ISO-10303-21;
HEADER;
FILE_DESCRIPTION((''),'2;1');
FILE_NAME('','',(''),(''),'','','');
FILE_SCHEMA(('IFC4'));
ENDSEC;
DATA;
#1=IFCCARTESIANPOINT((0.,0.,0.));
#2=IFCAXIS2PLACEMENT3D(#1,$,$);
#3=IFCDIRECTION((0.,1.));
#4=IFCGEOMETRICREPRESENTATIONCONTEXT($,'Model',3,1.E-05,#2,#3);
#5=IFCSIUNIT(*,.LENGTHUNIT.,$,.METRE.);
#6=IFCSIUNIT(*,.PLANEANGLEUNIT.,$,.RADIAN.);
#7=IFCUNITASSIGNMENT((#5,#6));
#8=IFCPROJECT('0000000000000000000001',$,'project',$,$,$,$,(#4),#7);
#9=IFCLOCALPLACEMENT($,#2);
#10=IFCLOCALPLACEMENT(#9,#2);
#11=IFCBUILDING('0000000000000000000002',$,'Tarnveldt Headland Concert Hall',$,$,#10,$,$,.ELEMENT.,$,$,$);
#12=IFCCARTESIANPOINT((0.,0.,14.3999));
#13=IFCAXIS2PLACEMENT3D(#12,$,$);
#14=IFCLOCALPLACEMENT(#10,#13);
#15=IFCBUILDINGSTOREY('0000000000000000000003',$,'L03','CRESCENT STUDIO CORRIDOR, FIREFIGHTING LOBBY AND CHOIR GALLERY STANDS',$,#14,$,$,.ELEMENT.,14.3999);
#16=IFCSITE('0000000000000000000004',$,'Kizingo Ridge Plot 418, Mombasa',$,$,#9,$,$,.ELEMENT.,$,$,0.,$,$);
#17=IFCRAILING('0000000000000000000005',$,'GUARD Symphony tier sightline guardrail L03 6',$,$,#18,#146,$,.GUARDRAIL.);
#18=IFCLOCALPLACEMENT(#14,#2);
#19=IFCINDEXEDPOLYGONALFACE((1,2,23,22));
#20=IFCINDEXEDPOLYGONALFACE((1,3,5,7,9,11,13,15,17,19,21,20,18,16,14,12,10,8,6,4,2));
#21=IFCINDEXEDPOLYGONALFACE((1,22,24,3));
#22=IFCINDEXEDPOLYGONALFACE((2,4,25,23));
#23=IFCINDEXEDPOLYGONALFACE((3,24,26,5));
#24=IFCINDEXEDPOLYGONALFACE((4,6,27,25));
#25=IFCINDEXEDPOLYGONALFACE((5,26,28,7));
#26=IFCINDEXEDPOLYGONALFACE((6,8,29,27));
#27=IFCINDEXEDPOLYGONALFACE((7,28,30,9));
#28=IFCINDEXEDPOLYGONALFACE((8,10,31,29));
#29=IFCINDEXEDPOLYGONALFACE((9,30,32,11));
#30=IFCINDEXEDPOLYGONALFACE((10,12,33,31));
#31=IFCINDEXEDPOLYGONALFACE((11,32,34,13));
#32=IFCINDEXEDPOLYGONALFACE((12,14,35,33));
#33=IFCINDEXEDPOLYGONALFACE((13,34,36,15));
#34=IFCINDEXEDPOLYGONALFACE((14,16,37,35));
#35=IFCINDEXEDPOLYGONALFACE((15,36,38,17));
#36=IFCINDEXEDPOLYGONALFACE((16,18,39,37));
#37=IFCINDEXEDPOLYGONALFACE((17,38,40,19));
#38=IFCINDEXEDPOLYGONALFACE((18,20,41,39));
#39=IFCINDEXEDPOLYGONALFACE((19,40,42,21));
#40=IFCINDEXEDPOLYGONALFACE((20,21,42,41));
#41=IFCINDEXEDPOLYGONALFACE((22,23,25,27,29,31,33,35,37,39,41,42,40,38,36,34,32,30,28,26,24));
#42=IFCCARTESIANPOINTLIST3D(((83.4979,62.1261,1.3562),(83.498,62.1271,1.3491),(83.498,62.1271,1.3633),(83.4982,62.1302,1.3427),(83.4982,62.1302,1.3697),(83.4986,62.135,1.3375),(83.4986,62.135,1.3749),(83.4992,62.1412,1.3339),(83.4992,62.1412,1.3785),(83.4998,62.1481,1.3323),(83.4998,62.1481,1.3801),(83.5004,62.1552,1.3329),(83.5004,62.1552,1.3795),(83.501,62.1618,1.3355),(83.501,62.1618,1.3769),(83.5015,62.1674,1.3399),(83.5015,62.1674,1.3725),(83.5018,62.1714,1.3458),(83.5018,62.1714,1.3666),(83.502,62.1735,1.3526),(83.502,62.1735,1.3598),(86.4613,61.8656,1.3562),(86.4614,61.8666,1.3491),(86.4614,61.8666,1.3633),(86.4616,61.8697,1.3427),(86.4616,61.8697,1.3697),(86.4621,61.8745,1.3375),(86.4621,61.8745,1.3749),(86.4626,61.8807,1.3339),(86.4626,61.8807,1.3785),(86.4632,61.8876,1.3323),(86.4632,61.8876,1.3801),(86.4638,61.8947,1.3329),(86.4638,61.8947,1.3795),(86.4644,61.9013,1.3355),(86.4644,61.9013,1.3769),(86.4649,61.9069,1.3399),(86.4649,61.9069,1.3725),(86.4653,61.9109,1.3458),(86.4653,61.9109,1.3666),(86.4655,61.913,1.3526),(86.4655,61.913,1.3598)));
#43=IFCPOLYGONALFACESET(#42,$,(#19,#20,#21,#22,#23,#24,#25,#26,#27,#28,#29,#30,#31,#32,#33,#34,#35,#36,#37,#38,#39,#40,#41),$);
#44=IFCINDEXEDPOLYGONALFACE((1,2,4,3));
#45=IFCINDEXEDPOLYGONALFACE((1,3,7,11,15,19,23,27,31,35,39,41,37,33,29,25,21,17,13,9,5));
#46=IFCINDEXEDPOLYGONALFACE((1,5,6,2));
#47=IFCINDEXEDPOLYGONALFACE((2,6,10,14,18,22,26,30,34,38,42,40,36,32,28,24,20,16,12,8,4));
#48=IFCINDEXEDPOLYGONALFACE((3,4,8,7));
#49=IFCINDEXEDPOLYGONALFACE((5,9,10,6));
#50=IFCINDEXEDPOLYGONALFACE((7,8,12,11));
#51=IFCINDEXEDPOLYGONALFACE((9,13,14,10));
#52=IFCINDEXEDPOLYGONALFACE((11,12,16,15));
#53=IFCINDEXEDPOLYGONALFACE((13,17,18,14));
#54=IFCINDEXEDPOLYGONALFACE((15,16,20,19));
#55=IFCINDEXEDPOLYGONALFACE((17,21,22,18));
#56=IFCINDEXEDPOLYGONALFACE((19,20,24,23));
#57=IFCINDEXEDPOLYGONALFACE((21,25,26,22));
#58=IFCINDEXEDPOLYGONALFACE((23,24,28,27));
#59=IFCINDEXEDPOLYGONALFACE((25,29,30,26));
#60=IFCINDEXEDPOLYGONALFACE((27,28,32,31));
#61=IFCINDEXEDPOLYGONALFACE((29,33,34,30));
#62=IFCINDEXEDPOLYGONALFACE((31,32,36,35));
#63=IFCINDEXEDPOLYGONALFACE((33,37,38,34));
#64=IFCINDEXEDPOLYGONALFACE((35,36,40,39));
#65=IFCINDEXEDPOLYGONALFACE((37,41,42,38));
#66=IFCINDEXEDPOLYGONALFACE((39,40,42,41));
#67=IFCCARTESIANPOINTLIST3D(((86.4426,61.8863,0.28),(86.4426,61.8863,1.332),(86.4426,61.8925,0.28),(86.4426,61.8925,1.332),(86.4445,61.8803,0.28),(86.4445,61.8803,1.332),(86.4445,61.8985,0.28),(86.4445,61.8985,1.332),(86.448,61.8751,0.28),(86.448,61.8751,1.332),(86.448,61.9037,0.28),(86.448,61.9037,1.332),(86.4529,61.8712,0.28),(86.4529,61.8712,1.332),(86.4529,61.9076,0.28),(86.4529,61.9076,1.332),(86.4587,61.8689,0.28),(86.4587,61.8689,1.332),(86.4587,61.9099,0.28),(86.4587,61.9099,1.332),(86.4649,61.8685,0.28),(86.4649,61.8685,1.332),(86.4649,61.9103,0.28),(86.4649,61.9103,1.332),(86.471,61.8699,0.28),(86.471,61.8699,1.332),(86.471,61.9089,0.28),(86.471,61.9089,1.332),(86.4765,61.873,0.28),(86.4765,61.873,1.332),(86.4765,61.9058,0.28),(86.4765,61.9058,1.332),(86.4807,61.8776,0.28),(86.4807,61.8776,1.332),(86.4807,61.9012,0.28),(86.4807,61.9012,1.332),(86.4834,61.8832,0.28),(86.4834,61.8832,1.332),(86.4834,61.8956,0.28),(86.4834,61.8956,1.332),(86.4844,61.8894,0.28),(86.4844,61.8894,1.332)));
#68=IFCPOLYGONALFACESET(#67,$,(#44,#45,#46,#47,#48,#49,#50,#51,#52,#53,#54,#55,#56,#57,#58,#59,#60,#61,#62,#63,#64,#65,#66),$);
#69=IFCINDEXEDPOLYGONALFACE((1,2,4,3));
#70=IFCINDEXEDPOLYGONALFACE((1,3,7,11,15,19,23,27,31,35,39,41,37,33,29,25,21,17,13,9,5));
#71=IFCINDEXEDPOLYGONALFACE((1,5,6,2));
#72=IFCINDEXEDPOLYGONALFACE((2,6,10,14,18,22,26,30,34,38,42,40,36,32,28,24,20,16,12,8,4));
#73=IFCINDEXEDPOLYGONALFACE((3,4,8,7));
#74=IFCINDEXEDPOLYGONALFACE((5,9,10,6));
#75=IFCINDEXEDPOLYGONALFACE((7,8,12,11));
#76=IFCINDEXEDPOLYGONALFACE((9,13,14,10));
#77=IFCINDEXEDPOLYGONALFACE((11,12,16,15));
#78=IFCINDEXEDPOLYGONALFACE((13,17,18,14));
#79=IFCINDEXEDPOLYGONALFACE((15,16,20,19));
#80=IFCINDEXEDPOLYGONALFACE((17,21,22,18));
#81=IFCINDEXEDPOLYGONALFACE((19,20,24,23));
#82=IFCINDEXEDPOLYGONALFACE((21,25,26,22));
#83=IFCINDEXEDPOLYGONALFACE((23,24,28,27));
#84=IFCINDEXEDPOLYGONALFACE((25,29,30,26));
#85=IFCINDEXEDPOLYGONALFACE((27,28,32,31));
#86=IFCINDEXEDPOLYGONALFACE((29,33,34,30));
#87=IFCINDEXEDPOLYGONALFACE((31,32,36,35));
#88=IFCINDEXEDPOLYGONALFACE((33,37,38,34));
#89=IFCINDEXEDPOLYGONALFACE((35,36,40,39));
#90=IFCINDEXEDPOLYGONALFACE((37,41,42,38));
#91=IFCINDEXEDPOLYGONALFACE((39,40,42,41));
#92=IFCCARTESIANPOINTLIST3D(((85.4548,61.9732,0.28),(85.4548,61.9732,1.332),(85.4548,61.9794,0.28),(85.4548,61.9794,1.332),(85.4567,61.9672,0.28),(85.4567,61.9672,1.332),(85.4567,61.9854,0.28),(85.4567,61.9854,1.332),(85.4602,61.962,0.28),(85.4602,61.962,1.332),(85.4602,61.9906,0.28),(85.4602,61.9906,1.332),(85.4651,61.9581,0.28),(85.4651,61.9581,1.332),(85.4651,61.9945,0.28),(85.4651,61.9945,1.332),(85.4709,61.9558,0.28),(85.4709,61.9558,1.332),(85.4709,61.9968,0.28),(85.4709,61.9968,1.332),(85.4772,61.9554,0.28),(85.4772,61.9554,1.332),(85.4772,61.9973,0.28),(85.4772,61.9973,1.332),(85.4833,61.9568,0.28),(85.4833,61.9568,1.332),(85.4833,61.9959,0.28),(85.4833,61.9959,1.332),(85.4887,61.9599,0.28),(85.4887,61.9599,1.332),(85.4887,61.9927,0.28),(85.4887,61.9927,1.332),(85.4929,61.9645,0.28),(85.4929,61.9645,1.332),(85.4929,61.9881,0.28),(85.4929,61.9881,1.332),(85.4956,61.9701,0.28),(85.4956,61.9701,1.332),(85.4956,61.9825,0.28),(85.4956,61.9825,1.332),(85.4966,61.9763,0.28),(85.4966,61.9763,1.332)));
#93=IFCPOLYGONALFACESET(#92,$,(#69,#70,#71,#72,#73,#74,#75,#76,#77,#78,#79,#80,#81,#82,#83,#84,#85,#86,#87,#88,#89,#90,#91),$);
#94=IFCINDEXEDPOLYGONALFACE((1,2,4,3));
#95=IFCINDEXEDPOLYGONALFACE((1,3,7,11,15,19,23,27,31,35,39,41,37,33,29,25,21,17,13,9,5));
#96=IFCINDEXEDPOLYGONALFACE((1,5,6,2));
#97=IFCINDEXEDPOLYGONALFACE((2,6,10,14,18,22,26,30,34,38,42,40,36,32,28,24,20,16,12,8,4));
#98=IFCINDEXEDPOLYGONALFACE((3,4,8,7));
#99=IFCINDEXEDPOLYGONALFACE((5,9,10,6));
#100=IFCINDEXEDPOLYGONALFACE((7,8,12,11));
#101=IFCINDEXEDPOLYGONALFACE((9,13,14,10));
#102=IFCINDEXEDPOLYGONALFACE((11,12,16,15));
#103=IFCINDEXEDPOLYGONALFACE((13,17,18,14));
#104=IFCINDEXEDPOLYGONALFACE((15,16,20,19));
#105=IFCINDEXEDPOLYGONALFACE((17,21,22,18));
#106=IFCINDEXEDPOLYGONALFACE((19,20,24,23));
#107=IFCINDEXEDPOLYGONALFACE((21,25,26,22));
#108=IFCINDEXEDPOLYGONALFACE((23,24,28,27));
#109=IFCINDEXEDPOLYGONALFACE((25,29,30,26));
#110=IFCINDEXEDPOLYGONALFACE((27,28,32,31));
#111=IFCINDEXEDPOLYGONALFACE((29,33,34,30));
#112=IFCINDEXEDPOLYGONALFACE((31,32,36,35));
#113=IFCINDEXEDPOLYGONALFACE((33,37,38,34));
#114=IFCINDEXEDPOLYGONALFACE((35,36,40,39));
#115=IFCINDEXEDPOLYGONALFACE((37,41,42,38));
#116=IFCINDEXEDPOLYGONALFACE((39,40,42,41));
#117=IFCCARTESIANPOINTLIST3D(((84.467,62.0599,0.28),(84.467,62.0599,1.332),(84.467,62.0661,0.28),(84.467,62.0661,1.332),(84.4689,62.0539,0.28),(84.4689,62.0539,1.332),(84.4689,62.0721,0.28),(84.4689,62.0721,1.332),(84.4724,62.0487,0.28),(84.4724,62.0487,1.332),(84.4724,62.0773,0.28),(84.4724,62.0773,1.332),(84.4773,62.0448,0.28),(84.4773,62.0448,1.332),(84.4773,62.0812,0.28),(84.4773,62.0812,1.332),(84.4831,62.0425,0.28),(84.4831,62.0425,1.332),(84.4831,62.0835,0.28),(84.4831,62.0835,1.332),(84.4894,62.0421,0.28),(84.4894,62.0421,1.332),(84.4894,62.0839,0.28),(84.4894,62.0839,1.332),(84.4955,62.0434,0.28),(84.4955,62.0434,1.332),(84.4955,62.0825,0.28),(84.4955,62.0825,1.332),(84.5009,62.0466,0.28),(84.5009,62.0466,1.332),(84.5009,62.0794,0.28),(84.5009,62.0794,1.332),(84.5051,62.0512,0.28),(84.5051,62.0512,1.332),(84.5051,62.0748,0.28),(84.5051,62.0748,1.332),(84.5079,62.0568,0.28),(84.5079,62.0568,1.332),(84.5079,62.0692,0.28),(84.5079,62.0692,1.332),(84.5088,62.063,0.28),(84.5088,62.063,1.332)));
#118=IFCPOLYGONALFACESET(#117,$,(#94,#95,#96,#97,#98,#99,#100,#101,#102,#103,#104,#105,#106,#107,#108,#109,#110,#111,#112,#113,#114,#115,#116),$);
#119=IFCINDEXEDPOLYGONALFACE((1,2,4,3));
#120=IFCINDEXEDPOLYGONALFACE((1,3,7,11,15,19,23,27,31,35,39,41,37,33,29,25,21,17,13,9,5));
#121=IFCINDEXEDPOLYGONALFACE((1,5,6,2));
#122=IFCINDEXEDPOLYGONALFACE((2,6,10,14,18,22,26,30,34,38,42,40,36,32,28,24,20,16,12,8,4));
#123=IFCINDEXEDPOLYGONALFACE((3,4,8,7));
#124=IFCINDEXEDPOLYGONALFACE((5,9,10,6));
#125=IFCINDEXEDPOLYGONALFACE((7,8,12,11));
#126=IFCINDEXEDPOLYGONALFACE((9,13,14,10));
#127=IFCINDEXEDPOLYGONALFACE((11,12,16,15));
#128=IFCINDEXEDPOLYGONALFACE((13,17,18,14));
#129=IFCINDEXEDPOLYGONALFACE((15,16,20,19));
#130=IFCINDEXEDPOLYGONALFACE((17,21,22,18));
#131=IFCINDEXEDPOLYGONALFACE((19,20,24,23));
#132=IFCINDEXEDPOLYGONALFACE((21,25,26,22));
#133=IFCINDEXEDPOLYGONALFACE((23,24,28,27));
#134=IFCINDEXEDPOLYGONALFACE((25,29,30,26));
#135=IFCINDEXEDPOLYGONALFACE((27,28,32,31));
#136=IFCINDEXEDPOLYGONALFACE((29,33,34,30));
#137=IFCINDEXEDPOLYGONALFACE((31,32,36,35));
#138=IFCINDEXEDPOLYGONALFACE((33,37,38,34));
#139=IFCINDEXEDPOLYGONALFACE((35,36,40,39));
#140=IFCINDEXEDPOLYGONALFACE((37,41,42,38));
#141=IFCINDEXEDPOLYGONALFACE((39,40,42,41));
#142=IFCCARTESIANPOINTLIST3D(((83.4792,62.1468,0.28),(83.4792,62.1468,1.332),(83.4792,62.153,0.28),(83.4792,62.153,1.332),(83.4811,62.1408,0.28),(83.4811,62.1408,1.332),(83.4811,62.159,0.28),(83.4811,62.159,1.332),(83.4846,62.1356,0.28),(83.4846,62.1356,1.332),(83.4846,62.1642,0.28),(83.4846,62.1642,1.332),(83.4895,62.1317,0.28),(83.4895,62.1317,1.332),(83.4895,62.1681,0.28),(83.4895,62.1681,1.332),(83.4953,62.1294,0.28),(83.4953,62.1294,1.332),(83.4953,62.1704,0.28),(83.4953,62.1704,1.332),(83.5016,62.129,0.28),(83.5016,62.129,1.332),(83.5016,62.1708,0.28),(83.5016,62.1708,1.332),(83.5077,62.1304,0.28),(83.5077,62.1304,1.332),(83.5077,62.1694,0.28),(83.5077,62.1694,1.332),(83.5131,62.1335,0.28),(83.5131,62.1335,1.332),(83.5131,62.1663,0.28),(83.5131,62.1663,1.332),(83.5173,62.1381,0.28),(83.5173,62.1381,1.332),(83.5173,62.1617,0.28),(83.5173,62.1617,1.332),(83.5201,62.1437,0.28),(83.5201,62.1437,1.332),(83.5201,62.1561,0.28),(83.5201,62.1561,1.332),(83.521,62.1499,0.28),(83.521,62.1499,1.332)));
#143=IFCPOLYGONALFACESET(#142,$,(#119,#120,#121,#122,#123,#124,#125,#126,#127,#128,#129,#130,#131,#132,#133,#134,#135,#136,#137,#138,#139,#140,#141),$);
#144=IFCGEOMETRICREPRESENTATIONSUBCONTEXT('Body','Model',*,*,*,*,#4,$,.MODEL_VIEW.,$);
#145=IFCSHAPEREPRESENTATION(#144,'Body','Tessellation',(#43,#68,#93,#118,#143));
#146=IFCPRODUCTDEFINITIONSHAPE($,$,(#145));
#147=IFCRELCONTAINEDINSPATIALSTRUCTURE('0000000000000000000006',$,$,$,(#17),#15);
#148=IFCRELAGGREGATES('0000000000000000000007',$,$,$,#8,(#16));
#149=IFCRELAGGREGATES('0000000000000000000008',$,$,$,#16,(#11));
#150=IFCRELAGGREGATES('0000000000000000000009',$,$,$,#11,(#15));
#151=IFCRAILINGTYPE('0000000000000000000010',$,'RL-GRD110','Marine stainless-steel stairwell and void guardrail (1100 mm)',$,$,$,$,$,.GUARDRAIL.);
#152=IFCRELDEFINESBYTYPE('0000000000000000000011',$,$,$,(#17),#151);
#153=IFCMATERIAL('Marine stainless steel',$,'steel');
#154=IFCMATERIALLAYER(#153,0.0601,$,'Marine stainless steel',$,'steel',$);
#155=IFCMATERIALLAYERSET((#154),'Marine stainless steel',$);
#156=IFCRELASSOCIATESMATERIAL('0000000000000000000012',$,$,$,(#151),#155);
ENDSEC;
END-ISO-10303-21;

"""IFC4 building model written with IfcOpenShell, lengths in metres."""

from ifc_helpers import new_model, si_unit, direction, frame, origin, origin_2d, place, context, subcontext, project, spatial, circle, extrude, material, layer, layer_set, type_object, element, save


model = new_model("IFC4")

# Units and contexts
model_context = context("Model", 3, precision=1e-05, world=origin(), true_north=direction((0.0, 1.0)))
body_context = subcontext(model_context, "Body", "Model", "MODEL_VIEW")
ifc_project = project(units=[si_unit("LENGTHUNIT", "METRE"), si_unit("PLANEANGLEUNIT", "RADIAN")], contexts=[model_context])

# Site, building, storey
site_placement = place(None, origin())
site = spatial("IfcSite", under=ifc_project, at=site_placement, Name="Kizingo Ridge Plot 418, Mombasa", CompositionType="ELEMENT", RefElevation=0.0)
building_placement = place(site_placement, origin())
building = spatial("IfcBuilding", under=site, at=building_placement, Name="Tarnveldt Headland Concert Hall", CompositionType="ELEMENT")
storey_placement = place(building_placement, frame((0.0, 0.0, 14.3999)))
storey = spatial("IfcBuildingStorey", under=building, at=storey_placement, Name="L03", Description="CRESCENT STUDIO CORRIDOR, FIREFIGHTING LOBBY AND CHOIR GALLERY STANDS", CompositionType="ELEMENT", Elevation=14.3999)

# Railing
ifc_material_1 = material(Name="Marine stainless steel", Category="steel")
ifc_layer = layer(ifc_material_1, 0.0601, Name="Marine stainless steel", Category="steel")
ifc_layer_set = layer_set([ifc_layer], Name="Marine stainless steel")
railing_type = type_object("IfcRailingType", Name="RL-GRD110", Description="Marine stainless-steel stairwell and void guardrail (1100 mm)", PredefinedType="GUARDRAIL", material=ifc_layer_set)
railing_1_placement = place(storey_placement, frame((86.4634, 61.8894, 0.28)))
element("IfcRailing", 1, at=railing_1_placement, inside=storey, type_object=railing_type, Name="GUARD Symphony tier sightline guardrail L03 6", PredefinedType="GUARDRAIL", context=body_context, shape_type="SweptSolid", body=[
    extrude(circle(Radius=0.0239, at=origin_2d()), frame((0.0, 0.0, 1.0762), z_axis=(-0.996159, 0.087568, 0.0), x_axis=(-0.087568, -0.996159, 0.0)), (0.0, 0.0, 1.0), 2.9749),
    extrude(circle(Radius=0.021, at=origin_2d()), origin(), (0.0, 0.0, 1.0), 1.052),
    extrude(circle(Radius=0.021, at=origin_2d()), frame((-0.9878, 0.0869, 0.0)), (0.0, 0.0, 1.0), 1.052),
    extrude(circle(Radius=0.021, at=origin_2d()), frame((-1.9756, 0.1736, 0.0)), (0.0, 0.0, 1.0), 1.052),
    extrude(circle(Radius=0.021, at=origin_2d()), frame((-2.9634, 0.2605, 0.0)), (0.0, 0.0, 1.0), 1.052),
])

save(model, "model.ifc")
